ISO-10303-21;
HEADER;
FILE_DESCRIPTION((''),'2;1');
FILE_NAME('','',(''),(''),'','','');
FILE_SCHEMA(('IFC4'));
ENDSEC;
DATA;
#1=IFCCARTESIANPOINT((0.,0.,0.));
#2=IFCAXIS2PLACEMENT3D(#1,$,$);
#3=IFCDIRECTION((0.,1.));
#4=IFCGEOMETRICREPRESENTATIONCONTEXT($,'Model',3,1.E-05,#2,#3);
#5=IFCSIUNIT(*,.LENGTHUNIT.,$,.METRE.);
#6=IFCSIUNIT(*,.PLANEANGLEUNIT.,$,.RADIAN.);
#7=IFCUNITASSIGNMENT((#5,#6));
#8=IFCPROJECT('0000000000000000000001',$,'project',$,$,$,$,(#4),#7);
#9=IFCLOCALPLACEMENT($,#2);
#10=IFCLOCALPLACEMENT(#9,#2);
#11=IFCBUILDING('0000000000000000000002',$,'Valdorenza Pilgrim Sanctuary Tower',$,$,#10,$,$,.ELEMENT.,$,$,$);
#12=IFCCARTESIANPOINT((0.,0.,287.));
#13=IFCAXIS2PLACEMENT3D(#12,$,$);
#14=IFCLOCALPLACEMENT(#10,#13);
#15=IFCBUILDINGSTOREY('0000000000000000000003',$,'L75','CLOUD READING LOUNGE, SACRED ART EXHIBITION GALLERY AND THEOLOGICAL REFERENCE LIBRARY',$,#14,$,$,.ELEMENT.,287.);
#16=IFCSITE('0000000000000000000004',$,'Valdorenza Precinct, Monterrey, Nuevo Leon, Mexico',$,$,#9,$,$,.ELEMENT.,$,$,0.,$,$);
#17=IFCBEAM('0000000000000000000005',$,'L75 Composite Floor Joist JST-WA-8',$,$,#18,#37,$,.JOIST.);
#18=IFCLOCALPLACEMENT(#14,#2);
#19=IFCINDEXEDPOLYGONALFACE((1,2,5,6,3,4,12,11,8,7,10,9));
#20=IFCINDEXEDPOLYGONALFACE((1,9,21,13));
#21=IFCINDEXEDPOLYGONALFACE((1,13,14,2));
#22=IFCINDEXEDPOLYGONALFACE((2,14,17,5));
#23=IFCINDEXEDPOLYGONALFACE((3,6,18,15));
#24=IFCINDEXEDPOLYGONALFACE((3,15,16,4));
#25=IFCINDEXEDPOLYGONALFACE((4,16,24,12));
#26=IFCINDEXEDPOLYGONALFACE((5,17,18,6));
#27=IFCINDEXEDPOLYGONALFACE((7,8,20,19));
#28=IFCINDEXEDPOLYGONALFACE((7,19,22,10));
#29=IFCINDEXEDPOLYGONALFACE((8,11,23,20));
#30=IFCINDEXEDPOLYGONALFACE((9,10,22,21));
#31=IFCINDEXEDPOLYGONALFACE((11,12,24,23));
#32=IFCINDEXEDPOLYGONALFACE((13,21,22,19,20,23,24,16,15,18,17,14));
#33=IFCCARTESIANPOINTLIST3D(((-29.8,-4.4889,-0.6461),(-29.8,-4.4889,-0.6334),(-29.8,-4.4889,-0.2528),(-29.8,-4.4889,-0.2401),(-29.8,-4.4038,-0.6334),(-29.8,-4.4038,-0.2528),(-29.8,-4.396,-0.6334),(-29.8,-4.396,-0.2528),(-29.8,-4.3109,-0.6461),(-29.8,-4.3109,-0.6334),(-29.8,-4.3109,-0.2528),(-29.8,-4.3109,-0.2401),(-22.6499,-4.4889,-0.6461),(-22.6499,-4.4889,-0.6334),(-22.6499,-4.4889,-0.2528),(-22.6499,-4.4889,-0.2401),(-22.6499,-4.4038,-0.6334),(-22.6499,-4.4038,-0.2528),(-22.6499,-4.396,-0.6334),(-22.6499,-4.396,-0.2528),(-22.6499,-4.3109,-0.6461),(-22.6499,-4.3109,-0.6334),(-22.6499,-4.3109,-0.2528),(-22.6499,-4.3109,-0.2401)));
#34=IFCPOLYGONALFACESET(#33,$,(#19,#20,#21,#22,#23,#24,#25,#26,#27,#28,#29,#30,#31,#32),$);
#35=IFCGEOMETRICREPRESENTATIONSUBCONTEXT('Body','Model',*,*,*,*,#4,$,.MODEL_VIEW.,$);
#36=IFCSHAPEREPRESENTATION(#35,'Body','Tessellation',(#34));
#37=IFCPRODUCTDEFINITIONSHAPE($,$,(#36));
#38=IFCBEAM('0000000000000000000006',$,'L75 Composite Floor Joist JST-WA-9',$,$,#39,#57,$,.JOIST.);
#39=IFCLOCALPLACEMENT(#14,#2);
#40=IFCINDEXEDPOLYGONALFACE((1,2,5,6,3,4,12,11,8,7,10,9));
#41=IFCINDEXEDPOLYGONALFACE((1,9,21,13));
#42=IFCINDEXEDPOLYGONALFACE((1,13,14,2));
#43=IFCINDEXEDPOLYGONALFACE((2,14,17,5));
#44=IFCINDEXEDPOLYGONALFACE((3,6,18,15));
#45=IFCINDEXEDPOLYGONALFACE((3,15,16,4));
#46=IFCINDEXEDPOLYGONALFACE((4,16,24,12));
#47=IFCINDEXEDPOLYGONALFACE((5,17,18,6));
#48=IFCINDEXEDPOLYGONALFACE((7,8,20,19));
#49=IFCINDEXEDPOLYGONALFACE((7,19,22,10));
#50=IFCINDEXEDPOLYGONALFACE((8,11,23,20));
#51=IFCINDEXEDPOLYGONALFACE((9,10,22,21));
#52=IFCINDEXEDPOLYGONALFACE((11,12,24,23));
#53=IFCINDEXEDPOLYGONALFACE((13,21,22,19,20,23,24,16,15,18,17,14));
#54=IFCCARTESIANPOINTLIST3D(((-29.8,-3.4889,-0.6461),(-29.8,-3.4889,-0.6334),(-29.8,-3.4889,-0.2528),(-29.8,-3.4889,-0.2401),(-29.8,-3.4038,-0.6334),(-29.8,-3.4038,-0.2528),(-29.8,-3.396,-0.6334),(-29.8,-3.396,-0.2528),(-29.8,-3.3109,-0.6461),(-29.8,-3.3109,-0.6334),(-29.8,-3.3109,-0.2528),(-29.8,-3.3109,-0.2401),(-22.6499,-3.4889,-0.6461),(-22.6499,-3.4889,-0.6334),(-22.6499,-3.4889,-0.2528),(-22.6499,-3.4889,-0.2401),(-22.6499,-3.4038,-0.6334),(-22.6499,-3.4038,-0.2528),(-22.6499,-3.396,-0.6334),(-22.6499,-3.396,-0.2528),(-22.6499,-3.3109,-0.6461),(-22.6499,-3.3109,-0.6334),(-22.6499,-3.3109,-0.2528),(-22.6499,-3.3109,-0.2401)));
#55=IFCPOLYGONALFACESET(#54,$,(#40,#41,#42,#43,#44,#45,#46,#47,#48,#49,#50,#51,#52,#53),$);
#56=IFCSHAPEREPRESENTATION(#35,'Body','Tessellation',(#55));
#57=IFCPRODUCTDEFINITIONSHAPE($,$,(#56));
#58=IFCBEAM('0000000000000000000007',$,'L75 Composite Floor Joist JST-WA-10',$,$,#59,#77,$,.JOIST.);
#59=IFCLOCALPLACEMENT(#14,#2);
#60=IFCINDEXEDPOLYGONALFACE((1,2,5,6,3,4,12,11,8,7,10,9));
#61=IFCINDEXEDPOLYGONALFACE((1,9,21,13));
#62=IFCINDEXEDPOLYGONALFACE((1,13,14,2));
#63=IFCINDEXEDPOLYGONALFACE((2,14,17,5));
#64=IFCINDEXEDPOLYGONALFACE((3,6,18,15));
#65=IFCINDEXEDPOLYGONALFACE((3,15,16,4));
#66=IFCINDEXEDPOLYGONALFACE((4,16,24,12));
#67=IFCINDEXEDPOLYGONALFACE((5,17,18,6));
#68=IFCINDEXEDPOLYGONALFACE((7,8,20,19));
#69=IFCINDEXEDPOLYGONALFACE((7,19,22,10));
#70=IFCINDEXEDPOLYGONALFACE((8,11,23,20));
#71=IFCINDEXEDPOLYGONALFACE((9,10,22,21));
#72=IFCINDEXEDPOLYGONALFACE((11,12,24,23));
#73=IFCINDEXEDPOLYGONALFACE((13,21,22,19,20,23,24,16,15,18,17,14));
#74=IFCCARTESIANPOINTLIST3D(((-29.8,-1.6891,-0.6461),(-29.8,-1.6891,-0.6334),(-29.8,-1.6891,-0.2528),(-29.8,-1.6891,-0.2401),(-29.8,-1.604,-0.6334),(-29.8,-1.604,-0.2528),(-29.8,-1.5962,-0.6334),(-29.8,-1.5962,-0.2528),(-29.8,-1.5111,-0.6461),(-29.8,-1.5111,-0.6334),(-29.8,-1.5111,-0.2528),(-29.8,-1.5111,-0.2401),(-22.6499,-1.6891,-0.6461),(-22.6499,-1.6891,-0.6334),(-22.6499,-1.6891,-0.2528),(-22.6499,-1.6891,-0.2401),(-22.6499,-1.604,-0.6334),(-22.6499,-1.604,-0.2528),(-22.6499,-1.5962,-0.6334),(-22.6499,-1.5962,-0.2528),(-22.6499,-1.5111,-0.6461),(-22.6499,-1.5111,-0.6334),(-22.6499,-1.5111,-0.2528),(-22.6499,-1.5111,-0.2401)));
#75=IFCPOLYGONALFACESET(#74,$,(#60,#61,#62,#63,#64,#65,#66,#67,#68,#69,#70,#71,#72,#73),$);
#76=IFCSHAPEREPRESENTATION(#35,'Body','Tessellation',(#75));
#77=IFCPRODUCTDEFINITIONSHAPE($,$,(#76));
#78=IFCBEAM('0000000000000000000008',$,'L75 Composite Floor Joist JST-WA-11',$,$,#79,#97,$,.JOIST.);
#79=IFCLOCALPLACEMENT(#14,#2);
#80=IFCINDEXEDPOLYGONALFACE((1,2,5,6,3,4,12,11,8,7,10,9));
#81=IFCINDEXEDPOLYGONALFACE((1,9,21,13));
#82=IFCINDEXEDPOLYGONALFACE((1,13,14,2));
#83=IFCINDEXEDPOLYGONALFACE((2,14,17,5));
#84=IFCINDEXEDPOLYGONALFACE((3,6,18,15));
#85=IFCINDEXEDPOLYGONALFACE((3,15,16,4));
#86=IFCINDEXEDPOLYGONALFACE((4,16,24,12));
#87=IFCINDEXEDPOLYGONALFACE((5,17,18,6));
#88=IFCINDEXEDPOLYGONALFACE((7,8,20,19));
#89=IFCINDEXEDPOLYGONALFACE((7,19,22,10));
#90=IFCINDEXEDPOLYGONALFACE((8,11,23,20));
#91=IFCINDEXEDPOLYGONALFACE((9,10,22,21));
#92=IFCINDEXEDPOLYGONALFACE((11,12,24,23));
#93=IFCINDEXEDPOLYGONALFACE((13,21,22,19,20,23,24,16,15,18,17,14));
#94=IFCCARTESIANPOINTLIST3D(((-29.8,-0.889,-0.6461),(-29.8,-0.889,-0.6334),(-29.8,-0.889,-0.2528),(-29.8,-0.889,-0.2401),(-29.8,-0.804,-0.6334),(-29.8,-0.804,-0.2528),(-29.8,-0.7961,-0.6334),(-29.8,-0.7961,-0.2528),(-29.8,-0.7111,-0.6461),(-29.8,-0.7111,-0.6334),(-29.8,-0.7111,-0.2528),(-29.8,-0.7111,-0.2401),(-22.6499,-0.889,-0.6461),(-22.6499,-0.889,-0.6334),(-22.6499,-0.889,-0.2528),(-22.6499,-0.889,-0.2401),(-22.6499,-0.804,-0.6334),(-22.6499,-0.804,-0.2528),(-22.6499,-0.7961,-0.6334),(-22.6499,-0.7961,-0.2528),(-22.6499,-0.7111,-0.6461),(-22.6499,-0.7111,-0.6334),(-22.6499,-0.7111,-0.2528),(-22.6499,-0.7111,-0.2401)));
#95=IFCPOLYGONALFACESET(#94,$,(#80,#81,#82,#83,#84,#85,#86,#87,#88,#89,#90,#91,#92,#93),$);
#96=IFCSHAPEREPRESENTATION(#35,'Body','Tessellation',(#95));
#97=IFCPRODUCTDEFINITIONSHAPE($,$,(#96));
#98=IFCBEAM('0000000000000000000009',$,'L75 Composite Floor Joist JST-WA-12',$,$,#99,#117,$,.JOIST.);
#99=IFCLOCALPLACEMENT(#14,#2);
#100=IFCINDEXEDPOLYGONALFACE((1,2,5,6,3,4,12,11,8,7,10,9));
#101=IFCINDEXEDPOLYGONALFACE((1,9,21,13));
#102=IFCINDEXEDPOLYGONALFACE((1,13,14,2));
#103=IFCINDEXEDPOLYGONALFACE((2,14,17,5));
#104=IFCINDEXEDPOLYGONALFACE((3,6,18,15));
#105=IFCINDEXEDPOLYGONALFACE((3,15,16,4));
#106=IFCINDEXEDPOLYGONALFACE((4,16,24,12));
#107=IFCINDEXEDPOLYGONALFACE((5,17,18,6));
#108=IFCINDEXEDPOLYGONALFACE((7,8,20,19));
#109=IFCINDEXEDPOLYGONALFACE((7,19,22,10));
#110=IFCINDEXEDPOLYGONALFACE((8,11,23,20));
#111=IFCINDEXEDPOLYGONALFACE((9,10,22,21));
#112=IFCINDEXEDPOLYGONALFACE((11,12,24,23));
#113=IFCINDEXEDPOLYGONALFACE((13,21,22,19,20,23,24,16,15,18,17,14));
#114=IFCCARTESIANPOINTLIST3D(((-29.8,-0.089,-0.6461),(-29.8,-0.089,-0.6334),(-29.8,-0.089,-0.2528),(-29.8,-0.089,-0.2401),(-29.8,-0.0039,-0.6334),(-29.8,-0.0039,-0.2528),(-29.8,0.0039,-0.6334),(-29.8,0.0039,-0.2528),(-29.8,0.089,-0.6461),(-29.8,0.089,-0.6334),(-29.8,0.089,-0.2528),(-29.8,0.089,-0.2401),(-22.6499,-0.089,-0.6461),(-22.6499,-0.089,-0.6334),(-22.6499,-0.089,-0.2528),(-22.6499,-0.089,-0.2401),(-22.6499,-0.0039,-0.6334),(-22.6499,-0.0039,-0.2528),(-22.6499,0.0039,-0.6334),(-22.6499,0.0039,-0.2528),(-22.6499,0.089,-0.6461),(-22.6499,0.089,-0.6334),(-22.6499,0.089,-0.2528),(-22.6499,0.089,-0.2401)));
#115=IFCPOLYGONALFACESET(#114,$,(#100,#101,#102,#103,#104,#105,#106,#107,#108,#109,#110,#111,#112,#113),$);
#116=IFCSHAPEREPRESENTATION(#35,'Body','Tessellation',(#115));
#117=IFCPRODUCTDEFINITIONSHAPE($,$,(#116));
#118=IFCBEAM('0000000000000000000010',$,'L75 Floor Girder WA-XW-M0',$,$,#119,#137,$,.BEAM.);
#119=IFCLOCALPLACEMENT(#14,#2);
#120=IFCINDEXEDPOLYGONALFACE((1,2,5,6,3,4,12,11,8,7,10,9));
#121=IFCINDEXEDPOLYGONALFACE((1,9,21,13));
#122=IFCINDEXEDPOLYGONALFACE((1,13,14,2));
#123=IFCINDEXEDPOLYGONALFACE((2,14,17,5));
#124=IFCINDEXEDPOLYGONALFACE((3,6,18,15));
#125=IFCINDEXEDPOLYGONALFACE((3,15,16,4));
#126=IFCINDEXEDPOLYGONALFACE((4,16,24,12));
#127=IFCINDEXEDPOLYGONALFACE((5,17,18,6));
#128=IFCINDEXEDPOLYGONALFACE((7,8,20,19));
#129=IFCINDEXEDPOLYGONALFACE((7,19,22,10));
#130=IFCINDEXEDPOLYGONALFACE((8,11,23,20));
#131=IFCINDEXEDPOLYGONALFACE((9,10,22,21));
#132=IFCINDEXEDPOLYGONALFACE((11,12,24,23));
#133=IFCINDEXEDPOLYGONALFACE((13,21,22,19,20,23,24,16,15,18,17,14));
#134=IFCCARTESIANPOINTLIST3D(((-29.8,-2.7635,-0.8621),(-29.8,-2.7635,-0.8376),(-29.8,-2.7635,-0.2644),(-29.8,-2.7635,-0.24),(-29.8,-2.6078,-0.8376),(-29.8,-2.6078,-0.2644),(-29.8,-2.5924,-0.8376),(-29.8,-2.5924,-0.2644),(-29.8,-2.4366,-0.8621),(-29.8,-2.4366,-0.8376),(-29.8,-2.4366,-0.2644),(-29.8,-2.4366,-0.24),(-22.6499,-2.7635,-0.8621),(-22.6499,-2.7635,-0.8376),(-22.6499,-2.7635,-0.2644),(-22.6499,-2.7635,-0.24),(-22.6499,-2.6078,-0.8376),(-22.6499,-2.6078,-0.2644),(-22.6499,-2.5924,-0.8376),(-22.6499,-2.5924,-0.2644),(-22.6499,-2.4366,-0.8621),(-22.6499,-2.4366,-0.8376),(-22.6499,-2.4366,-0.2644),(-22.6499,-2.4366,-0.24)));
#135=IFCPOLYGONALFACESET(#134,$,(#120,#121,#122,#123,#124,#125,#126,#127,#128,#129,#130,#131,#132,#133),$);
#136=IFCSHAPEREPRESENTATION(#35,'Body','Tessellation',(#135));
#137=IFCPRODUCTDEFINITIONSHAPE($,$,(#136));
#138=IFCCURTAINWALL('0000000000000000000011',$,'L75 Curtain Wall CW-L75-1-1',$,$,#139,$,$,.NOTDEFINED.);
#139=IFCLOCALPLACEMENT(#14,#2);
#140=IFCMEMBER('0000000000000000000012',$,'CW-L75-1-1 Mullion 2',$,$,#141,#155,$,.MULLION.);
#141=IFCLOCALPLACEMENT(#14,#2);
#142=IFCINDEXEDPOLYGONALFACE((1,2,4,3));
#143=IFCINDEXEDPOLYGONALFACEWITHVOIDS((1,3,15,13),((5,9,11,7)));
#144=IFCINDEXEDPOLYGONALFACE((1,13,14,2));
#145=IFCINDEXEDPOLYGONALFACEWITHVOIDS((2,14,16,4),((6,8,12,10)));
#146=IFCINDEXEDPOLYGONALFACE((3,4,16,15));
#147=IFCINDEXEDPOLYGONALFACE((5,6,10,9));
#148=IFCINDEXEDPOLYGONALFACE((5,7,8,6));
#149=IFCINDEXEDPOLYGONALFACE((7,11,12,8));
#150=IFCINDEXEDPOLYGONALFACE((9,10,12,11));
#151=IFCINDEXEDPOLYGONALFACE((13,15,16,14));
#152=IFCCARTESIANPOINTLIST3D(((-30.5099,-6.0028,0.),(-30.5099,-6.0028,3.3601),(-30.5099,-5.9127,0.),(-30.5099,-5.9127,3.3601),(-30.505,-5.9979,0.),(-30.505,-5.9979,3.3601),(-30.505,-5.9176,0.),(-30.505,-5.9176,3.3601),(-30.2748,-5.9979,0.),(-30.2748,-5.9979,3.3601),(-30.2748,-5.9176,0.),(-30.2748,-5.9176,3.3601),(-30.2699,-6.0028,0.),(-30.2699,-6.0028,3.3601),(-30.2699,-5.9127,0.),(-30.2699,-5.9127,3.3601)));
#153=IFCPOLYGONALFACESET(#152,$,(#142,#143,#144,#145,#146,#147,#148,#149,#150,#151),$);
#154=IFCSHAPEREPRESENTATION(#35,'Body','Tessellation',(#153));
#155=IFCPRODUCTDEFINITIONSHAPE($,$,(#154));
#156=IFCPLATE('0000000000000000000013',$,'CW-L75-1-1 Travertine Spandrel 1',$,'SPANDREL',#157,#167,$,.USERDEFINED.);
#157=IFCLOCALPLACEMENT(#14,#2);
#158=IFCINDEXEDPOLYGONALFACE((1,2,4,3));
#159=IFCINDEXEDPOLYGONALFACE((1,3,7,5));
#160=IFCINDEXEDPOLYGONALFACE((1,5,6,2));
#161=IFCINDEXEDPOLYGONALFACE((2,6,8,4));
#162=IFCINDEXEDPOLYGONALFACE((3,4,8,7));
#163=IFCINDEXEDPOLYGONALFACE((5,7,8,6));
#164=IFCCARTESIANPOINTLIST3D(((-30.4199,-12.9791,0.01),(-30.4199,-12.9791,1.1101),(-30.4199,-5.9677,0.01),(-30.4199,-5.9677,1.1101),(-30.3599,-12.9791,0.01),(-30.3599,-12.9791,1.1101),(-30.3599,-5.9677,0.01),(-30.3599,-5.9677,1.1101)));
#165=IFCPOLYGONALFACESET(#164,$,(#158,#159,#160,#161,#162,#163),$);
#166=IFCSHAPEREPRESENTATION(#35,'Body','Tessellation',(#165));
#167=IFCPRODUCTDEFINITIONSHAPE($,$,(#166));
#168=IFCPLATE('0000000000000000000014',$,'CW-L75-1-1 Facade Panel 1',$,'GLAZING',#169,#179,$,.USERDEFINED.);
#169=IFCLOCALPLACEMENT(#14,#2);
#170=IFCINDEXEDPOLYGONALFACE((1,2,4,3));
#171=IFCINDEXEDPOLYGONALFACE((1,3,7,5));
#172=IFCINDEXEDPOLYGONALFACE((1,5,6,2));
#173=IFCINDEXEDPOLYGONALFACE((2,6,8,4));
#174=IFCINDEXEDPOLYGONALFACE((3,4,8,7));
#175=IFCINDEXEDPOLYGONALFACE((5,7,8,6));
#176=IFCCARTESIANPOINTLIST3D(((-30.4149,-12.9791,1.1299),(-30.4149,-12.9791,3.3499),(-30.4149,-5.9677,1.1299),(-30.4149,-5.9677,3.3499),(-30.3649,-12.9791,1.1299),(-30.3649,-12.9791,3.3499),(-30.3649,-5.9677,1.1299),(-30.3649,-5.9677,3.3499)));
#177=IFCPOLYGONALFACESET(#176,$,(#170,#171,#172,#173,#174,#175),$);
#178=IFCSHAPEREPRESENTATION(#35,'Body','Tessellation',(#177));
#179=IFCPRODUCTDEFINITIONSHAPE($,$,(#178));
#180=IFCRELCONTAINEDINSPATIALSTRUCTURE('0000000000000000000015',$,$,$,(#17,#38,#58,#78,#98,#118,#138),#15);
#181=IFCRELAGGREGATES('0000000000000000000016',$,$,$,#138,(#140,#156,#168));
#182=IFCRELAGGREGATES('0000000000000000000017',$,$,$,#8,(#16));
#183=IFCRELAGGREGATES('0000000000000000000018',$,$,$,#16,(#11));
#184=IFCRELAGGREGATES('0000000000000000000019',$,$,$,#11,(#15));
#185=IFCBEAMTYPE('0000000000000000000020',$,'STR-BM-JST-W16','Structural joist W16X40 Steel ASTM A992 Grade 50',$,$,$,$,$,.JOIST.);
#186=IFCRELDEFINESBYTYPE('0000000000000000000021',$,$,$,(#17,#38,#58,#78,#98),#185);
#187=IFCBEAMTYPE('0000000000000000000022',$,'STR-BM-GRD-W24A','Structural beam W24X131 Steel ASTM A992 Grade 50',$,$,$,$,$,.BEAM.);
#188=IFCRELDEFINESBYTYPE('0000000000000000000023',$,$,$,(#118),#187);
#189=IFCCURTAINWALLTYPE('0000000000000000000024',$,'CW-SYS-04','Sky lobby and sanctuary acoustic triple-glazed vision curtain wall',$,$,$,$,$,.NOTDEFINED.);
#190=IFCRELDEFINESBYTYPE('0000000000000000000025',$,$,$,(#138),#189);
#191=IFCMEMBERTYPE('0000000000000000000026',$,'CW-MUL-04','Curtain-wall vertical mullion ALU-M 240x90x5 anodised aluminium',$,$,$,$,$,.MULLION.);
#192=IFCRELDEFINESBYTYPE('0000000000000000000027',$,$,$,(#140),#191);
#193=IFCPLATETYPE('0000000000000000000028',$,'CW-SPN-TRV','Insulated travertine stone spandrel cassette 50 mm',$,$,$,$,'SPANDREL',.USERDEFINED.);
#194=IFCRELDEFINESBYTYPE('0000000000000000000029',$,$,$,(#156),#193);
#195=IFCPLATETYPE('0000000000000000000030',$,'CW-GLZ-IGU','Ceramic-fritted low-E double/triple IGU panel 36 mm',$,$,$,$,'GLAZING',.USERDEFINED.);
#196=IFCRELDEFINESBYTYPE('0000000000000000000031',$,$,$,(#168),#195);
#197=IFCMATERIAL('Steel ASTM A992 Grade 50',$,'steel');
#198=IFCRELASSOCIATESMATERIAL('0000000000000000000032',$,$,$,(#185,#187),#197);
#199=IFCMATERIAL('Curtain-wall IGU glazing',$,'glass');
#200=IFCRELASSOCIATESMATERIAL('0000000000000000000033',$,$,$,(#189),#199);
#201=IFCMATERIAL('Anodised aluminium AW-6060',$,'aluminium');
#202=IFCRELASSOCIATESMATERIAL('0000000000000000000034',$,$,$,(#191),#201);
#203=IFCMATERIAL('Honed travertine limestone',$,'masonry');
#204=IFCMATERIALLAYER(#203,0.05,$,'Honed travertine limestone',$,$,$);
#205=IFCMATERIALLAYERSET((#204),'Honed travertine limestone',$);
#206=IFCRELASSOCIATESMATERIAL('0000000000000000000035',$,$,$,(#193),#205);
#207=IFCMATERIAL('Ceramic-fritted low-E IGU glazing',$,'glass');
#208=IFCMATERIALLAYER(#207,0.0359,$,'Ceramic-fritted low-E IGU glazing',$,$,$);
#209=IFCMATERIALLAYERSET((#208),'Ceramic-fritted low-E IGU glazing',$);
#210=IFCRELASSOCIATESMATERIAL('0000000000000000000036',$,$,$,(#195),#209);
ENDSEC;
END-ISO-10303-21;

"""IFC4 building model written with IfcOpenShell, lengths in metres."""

from ifc_helpers import new_model, si_unit, direction, frame, origin, origin_2d, place, context, subcontext, project, spatial, rectangle, hollow_rectangle, i_section, extrude, source, transform, mapped, material, layer, layer_set, material_profile, profile_set, type_object, element, aggregate, save


model = new_model("IFC4")

# Units and contexts
model_context = context("Model", 3, precision=1e-05, world=origin(), true_north=direction((0.0, 1.0)))
body_context = subcontext(model_context, "Body", "Model", "MODEL_VIEW")
ifc_project = project(units=[si_unit("LENGTHUNIT", "METRE"), si_unit("PLANEANGLEUNIT", "RADIAN")], contexts=[model_context])

# Site, building, storey
site_placement = place(None, origin())
site = spatial("IfcSite", under=ifc_project, at=site_placement, Name="Valdorenza Precinct, Monterrey, Nuevo Leon, Mexico", CompositionType="ELEMENT", RefElevation=0.0)
building_placement = place(site_placement, origin())
building = spatial("IfcBuilding", under=site, at=building_placement, Name="Valdorenza Pilgrim Sanctuary Tower", CompositionType="ELEMENT")
storey_placement = place(building_placement, frame((0.0, 0.0, 287.0)))
storey = spatial("IfcBuildingStorey", under=building, at=storey_placement, Name="L75", Description="CLOUD READING LOUNGE, SACRED ART EXHIBITION GALLERY AND THEOLOGICAL REFERENCE LIBRARY", CompositionType="ELEMENT", Elevation=287.0)

# Beams
ifc_material_1 = material(Name="Steel ASTM A992 Grade 50", Category="steel")
ifc_material_profile_1 = material_profile(ifc_material_1, i_section(OverallWidth=0.178, OverallDepth=0.406, WebThickness=0.0078, FlangeThickness=0.0127, at=origin_2d()), Name="W16X40")
ifc_profile_set_1 = profile_set([ifc_material_profile_1], Name="Steel ASTM A992 Grade 50")
beam_type_1 = type_object("IfcBeamType", Name="STR-BM-JST-W16", Description="Structural joist W16X40 Steel ASTM A992 Grade 50", PredefinedType="JOIST", material=ifc_profile_set_1)
shared_shape_1 = source(origin(), body_context, "Body", "SweptSolid", [
    extrude(i_section(OverallWidth=0.178, OverallDepth=0.406, WebThickness=0.0078, FlangeThickness=0.0127, at=origin_2d()), origin(), (0.0, 0.0, 1.0), 7.1501),
])
for number, where, z_axis, x_axis, name in (
    (1, (-29.8, -4.3999, -0.4431), (1.0, 0.0, 0.0), (0.0, 1.0, 0.0), "L75 Composite Floor Joist JST-WA-8"),
    (2, (-29.8, -3.3999, -0.4431), (1.0, 0.0, 0.0), (0.0, 1.0, 0.0), "L75 Composite Floor Joist JST-WA-9"),
    (3, (-29.8, -1.6001, -0.4431), (1.0, 0.0, 0.0), (0.0, 1.0, 0.0), "L75 Composite Floor Joist JST-WA-10"),
    (4, (-29.8, -0.8, -0.4431), (1.0, 0.0, 0.0), (0.0, 1.0, 0.0), "L75 Composite Floor Joist JST-WA-11"),
    (5, (-29.8, 0.0, -0.4431), (1.0, 0.0, 0.0), (0.0, 1.0, 0.0), "L75 Composite Floor Joist JST-WA-12"),
):
    element("IfcBeam", number, at=place(storey_placement, frame(where, z_axis=z_axis, x_axis=x_axis)), inside=storey, type_object=beam_type_1, Name=name, PredefinedType="JOIST", context=body_context, shape_type="MappedRepresentation", body=[
        mapped(shared_shape_1, transform((0.0, 0.0, 0.0), x_axis=(1.0, 0.0, 0.0), y_axis=(0.0, 1.0, 0.0), z_axis=(0.0, 0.0, 1.0), scale=1.0)),
    ])
ifc_material_profile_2 = material_profile(ifc_material_1, i_section(OverallWidth=0.3269, OverallDepth=0.6221, WebThickness=0.0154, FlangeThickness=0.0244, at=origin_2d()), Name="W24X131")
ifc_profile_set_2 = profile_set([ifc_material_profile_2], Name="Steel ASTM A992 Grade 50")
beam_type_2 = type_object("IfcBeamType", Name="STR-BM-GRD-W24A", Description="Structural beam W24X131 Steel ASTM A992 Grade 50", PredefinedType="BEAM", material=ifc_profile_set_2)
shared_shape_2 = source(origin(), body_context, "Body", "SweptSolid", [
    extrude(i_section(OverallWidth=0.3269, OverallDepth=0.6221, WebThickness=0.0154, FlangeThickness=0.0244, at=origin_2d()), origin(), (0.0, 0.0, 1.0), 7.1501),
])
beam_1_placement = place(storey_placement, frame((-29.8, -2.6001, -0.551), z_axis=(1.0, 0.0, 0.0), x_axis=(0.0, 1.0, 0.0)))
element("IfcBeam", 6, at=beam_1_placement, inside=storey, type_object=beam_type_2, Name="L75 Floor Girder WA-XW-M0", PredefinedType="BEAM", context=body_context, shape_type="MappedRepresentation", body=[
    mapped(shared_shape_2, transform((0.0, 0.0, 0.0), x_axis=(1.0, 0.0, 0.0), y_axis=(0.0, 1.0, 0.0), z_axis=(0.0, 0.0, 1.0), scale=1.0)),
])

# Curtain wall, member, plates
ifc_material_2 = material(Name="Curtain-wall IGU glazing", Category="glass")
curtain_wall_type = type_object("IfcCurtainWallType", Name="CW-SYS-04", Description="Sky lobby and sanctuary acoustic triple-glazed vision curtain wall", PredefinedType="NOTDEFINED", material=ifc_material_2)
curtain_wall_placement = place(storey_placement, origin())
curtain_wall = element("IfcCurtainWall", 7, at=curtain_wall_placement, inside=storey, type_object=curtain_wall_type, Name="L75 Curtain Wall CW-L75-1-1", PredefinedType="NOTDEFINED")
ifc_material_3 = material(Name="Anodised aluminium AW-6060", Category="aluminium")
ifc_material_profile_3 = material_profile(ifc_material_3, hollow_rectangle(XDim=0.0901, YDim=0.24, WallThickness=0.0049, at=origin_2d()), Name="ALU-M 240x90x5")
ifc_profile_set_3 = profile_set([ifc_material_profile_3], Name="Anodised aluminium AW-6060")
member_type = type_object("IfcMemberType", Name="CW-MUL-04", Description="Curtain-wall vertical mullion ALU-M 240x90x5 anodised aluminium", PredefinedType="MULLION", material=ifc_profile_set_3)
shared_shape_3 = source(origin(), body_context, "Body", "SweptSolid", [
    extrude(hollow_rectangle(XDim=0.0901, YDim=0.24, WallThickness=0.0049, at=origin_2d()), origin(), (0.0, 0.0, 1.0), 3.3601),
])
member_placement = place(storey_placement, frame((-30.3899, -5.9578, 0.0), z_axis=(0.0, 0.0, 1.0), x_axis=(0.0, 1.0, 0.0)))
member = element("IfcMember", 8, at=member_placement, type_object=member_type, Name="CW-L75-1-1 Mullion 2", PredefinedType="MULLION", context=body_context, shape_type="MappedRepresentation", body=[
    mapped(shared_shape_3, transform((0.0, 0.0, 0.0), x_axis=(1.0, 0.0, 0.0), y_axis=(0.0, 1.0, 0.0), z_axis=(0.0, 0.0, 1.0), scale=1.0)),
])
ifc_material_4 = material(Name="Honed travertine limestone", Category="masonry")
ifc_layer_1 = layer(ifc_material_4, 0.05, Name="Honed travertine limestone")
ifc_layer_set_1 = layer_set([ifc_layer_1], Name="Honed travertine limestone")
plate_type_1 = type_object("IfcPlateType", Name="CW-SPN-TRV", Description="Insulated travertine stone spandrel cassette 50 mm", ElementType="SPANDREL", PredefinedType="USERDEFINED", material=ifc_layer_set_1)
shared_shape_4 = source(origin(), body_context, "Body", "SweptSolid", [
    extrude(rectangle(XDim=7.0115, YDim=0.0601, at=origin_2d()), origin(), (0.0, 0.0, 1.0), 1.1001),
])
plate_1_placement = place(storey_placement, frame((-30.3899, -9.4734, 0.01), z_axis=(0.0, 0.0, 1.0), x_axis=(0.0, 1.0, 0.0)))
plate_1 = element("IfcPlate", 9, at=plate_1_placement, type_object=plate_type_1, Name="CW-L75-1-1 Travertine Spandrel 1", ObjectType="SPANDREL", PredefinedType="USERDEFINED", context=body_context, shape_type="MappedRepresentation", body=[
    mapped(shared_shape_4, transform((0.0, 0.0, 0.0), x_axis=(1.0, 0.0, 0.0), y_axis=(0.0, 1.0, 0.0), z_axis=(0.0, 0.0, 1.0), scale=1.0)),
])
ifc_material_5 = material(Name="Ceramic-fritted low-E IGU glazing", Category="glass")
ifc_layer_2 = layer(ifc_material_5, 0.0359, Name="Ceramic-fritted low-E IGU glazing")
ifc_layer_set_2 = layer_set([ifc_layer_2], Name="Ceramic-fritted low-E IGU glazing")
plate_type_2 = type_object("IfcPlateType", Name="CW-GLZ-IGU", Description="Ceramic-fritted low-E double/triple IGU panel 36 mm", ElementType="GLAZING", PredefinedType="USERDEFINED", material=ifc_layer_set_2)
shared_shape_5 = source(origin(), body_context, "Body", "SweptSolid", [
    extrude(rectangle(XDim=7.0115, YDim=0.05, at=origin_2d()), origin(), (0.0, 0.0, 1.0), 2.22),
])
plate_2_placement = place(storey_placement, frame((-30.3899, -9.4734, 1.1299), z_axis=(0.0, 0.0, 1.0), x_axis=(0.0, 1.0, 0.0)))
plate_2 = element("IfcPlate", 10, at=plate_2_placement, type_object=plate_type_2, Name="CW-L75-1-1 Facade Panel 1", ObjectType="GLAZING", PredefinedType="USERDEFINED", context=body_context, shape_type="MappedRepresentation", body=[
    mapped(shared_shape_5, transform((0.0, 0.0, 0.0), x_axis=(1.0, 0.0, 0.0), y_axis=(0.0, 1.0, 0.0), z_axis=(0.0, 0.0, 1.0), scale=1.0)),
])
aggregate(curtain_wall, [member, plate_1, plate_2])

save(model, "model.ifc")
